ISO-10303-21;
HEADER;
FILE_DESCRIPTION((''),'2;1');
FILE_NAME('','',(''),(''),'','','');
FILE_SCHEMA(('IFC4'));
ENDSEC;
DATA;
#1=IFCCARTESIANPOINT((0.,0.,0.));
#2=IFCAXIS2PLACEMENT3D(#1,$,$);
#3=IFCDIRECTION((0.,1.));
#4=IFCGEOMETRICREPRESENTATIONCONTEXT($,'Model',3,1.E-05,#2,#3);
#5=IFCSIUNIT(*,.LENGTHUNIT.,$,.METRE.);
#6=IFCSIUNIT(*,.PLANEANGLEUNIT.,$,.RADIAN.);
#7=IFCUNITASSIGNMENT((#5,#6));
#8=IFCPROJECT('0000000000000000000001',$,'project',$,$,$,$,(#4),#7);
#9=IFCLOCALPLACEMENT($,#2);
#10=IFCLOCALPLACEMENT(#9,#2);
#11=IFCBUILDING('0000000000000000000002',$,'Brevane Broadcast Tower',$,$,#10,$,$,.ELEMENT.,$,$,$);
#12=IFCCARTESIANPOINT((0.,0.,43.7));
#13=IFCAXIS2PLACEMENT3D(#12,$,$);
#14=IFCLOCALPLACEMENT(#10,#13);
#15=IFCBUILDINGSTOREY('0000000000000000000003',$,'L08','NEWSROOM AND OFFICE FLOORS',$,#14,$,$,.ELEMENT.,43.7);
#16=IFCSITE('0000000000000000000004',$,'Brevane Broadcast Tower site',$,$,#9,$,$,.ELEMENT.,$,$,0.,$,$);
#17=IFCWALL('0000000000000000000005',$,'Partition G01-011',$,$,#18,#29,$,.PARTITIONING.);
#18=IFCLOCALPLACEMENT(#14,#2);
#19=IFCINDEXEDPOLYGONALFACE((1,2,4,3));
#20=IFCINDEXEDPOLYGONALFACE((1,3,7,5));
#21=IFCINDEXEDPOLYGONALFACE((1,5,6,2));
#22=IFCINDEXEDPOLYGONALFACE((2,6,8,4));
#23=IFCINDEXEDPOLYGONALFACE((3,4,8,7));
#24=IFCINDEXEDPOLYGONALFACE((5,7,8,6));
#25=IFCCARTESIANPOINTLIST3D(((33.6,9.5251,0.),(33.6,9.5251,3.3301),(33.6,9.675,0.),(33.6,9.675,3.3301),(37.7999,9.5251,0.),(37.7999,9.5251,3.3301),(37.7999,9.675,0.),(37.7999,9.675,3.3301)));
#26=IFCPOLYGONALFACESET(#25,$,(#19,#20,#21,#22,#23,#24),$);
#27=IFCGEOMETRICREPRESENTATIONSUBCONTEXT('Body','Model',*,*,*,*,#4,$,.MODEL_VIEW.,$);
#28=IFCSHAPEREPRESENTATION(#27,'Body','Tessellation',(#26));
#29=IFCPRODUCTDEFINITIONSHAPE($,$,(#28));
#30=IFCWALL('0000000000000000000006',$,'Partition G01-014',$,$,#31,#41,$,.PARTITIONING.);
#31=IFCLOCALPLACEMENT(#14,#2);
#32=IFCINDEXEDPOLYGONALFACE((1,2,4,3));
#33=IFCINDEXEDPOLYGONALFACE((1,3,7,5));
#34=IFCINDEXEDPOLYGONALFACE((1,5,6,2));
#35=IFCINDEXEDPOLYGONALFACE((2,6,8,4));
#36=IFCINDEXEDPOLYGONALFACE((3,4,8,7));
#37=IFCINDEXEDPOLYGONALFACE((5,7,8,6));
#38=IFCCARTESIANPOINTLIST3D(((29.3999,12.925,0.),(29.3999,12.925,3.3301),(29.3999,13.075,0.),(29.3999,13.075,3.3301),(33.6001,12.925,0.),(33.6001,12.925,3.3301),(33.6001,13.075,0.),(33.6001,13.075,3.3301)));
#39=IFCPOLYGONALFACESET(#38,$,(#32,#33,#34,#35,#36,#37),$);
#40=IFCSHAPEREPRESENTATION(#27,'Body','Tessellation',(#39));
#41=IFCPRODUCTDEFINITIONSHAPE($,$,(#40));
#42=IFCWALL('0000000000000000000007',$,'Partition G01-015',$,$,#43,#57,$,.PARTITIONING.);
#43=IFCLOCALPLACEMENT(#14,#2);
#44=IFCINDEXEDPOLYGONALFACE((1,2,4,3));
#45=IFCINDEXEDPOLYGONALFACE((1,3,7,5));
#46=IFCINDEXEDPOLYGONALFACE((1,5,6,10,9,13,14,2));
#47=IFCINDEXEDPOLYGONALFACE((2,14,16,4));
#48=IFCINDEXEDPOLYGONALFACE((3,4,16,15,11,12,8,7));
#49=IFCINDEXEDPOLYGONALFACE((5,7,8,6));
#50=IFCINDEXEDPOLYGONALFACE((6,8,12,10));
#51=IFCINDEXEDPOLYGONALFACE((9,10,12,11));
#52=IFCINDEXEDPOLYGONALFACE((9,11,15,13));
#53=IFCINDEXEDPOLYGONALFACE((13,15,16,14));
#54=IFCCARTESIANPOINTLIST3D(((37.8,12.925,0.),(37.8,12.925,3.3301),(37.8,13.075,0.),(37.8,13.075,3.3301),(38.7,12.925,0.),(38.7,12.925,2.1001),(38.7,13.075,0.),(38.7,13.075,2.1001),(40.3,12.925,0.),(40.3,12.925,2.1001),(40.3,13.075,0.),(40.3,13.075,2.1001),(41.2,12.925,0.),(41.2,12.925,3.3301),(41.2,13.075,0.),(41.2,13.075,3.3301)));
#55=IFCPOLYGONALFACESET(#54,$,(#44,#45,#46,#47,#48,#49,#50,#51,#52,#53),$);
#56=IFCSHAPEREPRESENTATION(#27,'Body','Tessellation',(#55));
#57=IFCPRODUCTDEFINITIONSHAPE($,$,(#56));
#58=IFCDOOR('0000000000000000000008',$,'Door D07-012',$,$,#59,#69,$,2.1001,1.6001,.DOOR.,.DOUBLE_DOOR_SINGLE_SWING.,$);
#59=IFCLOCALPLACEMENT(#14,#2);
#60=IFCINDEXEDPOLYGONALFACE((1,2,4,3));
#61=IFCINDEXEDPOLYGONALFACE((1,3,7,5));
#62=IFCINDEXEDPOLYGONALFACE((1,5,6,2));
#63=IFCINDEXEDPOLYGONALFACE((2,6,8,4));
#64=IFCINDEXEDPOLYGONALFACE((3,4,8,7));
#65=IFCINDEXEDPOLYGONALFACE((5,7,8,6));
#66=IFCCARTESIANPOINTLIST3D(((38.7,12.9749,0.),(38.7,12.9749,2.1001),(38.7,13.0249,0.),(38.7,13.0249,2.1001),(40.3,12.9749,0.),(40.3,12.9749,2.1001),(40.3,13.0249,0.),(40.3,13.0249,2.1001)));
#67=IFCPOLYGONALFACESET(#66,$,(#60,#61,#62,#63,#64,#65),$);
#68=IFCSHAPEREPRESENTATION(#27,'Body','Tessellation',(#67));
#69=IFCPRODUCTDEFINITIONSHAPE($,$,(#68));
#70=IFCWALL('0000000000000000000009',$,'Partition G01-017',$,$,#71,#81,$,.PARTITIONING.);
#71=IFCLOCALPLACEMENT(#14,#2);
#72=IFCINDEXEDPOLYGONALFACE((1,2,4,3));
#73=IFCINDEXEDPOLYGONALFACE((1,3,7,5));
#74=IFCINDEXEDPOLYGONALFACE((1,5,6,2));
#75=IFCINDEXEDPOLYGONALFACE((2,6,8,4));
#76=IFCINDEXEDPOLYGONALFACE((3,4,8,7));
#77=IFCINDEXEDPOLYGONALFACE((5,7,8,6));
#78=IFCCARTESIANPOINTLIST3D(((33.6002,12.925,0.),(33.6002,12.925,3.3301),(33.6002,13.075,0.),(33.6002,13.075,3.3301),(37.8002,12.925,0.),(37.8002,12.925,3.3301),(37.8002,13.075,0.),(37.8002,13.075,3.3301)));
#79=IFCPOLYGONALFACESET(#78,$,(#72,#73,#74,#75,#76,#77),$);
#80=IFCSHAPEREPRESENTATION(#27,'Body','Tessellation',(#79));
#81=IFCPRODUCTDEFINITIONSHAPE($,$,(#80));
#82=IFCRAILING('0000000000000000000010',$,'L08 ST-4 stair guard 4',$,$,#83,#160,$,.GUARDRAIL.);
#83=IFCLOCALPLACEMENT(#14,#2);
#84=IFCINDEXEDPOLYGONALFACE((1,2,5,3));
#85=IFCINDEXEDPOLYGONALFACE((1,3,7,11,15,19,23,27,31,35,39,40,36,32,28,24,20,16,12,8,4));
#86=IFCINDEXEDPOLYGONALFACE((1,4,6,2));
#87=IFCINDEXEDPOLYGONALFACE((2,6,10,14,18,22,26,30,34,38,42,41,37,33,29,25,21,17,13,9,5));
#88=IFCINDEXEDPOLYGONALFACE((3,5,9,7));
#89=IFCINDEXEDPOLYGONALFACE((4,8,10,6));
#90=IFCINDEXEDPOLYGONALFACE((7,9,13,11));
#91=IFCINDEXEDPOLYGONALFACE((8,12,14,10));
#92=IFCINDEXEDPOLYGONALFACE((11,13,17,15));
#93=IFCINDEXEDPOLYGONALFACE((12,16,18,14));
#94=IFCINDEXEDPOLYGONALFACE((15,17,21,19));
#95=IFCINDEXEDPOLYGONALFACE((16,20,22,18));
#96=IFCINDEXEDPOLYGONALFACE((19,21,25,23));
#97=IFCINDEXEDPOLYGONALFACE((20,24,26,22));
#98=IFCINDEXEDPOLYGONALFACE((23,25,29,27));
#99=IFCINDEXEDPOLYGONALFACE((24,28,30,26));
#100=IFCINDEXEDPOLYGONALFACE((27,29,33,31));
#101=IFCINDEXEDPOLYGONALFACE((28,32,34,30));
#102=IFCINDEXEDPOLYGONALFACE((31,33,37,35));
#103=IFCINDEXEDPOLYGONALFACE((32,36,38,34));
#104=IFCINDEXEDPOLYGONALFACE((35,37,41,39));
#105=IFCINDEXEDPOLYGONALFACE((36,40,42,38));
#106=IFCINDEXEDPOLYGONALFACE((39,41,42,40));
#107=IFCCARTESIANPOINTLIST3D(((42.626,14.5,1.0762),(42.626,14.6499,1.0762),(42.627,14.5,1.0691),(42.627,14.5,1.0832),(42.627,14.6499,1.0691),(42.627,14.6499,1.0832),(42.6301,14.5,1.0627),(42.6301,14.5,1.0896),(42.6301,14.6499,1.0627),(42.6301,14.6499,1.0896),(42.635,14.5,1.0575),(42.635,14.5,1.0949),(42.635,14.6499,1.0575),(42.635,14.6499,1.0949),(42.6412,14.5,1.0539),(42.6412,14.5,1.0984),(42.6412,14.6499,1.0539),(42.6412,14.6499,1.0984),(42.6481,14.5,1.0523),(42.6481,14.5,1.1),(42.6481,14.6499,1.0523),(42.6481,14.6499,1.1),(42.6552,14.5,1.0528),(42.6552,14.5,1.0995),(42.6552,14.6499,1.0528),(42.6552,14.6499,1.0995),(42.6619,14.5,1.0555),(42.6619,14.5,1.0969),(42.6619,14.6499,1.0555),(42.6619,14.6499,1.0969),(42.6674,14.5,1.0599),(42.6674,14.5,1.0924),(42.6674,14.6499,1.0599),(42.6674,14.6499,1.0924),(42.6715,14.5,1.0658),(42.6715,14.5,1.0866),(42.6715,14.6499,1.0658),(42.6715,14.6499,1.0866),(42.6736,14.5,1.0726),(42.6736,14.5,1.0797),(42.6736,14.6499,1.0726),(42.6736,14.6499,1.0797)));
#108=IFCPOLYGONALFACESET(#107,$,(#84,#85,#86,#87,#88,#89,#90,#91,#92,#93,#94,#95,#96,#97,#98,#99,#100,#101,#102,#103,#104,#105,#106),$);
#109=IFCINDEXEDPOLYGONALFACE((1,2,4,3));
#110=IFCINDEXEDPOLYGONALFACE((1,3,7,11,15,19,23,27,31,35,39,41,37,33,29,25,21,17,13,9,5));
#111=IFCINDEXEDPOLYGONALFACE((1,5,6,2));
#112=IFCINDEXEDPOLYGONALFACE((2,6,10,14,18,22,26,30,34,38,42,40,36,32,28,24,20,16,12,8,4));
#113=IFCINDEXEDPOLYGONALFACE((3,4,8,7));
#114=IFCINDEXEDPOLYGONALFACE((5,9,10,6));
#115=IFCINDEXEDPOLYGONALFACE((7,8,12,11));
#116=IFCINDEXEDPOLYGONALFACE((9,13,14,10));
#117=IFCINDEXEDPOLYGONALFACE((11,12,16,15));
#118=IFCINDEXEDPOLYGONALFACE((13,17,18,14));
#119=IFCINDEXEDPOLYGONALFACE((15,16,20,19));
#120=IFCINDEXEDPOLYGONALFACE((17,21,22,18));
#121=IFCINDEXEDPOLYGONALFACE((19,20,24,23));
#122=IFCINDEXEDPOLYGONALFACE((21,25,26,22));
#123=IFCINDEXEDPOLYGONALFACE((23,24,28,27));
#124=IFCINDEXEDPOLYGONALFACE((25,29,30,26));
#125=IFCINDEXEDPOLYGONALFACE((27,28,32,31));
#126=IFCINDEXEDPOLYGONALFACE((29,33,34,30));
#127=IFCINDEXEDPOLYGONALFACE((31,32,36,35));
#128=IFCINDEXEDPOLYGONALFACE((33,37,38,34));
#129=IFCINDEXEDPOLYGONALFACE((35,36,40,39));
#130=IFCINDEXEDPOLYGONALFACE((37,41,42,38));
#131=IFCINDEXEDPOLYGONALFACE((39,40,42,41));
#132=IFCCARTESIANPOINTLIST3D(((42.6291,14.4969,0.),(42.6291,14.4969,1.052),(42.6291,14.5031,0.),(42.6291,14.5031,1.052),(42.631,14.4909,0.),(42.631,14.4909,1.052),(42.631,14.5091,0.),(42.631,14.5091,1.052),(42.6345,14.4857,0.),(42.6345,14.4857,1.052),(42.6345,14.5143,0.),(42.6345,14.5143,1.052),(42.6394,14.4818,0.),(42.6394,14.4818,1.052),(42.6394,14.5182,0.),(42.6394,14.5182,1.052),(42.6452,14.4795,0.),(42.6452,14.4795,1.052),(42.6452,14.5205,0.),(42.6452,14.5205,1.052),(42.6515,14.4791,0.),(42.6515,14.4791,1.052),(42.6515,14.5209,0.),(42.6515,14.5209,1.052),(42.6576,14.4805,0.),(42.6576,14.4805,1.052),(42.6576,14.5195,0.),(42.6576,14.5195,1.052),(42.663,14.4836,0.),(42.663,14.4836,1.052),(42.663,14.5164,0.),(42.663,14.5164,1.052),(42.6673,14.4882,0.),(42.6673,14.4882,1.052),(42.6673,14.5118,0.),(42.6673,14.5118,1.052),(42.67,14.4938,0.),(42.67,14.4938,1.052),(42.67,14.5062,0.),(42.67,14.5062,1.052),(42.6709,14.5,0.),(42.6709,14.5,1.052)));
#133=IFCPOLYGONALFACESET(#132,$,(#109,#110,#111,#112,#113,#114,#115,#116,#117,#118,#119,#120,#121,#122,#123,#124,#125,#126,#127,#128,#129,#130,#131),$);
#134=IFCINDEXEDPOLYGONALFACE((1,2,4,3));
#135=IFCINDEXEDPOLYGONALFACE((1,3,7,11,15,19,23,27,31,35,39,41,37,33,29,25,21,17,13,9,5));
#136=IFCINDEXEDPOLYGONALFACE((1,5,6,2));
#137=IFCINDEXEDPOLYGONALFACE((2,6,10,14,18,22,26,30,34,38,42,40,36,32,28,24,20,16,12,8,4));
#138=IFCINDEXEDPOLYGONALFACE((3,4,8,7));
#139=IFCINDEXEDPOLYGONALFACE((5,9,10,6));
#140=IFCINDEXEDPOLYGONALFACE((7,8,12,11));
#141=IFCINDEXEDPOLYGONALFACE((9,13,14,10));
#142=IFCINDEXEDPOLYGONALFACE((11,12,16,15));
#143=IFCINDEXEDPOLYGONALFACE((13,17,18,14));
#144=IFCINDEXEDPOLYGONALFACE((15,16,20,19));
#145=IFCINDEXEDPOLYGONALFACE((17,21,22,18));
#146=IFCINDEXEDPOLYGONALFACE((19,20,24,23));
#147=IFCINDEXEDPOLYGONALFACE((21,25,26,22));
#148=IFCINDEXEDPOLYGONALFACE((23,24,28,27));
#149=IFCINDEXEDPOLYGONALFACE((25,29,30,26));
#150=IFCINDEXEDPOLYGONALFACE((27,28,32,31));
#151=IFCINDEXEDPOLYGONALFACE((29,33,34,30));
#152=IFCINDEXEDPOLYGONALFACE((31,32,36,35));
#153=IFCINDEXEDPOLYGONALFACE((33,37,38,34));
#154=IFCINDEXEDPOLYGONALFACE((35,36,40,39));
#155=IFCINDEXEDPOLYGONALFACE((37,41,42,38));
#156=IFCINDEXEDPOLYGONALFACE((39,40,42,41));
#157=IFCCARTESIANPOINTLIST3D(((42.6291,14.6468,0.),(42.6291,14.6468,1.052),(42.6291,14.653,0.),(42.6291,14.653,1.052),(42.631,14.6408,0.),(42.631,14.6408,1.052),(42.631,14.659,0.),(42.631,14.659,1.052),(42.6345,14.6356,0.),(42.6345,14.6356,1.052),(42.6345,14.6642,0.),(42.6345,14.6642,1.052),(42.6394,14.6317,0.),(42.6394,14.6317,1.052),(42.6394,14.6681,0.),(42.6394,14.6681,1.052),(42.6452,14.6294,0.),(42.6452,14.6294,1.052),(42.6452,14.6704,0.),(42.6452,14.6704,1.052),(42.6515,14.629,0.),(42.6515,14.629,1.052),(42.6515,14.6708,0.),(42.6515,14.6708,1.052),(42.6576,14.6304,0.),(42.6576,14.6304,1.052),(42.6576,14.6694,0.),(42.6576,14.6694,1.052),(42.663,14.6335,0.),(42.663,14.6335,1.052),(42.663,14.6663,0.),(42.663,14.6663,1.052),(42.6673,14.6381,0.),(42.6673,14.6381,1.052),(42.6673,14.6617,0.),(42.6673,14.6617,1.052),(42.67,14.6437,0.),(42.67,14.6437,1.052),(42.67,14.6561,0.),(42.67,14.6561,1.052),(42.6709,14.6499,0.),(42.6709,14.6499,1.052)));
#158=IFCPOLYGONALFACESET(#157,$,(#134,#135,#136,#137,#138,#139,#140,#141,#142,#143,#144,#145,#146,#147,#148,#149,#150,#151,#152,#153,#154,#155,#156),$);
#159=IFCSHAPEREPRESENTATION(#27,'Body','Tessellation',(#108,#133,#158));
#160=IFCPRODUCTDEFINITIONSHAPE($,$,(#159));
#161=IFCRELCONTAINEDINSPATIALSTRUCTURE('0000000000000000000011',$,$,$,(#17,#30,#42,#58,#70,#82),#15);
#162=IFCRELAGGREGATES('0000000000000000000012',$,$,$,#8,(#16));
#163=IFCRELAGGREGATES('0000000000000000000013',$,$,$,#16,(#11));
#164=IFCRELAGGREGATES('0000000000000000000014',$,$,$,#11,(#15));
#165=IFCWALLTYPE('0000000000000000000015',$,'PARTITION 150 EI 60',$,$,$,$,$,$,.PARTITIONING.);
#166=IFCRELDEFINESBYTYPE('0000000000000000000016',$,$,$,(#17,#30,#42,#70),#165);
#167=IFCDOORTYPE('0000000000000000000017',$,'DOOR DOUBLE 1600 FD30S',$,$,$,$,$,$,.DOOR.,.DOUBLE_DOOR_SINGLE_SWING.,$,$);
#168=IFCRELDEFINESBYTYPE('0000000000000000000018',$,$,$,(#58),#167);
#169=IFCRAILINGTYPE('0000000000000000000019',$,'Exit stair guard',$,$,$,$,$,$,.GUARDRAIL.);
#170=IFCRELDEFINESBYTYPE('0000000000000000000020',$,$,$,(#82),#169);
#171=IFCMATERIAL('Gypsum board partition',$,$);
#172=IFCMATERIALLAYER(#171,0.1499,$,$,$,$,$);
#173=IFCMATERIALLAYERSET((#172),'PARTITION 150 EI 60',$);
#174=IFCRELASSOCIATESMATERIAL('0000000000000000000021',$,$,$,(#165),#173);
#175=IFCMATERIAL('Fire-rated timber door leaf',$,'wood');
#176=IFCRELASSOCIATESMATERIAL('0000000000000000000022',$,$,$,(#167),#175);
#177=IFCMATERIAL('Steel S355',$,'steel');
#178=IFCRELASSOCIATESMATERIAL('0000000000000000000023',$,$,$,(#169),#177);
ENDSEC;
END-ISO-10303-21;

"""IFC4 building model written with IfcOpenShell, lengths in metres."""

from ifc_helpers import new_model, si_unit, direction, frame, frame_2d, origin, origin_2d, place, context, subcontext, project, spatial, rectangle, circle, extrude, material, layer, layer_set, type_object, element, fill, save


model = new_model("IFC4")

# Units and contexts
model_context = context("Model", 3, precision=1e-05, world=origin(), true_north=direction((0.0, 1.0)))
body_context = subcontext(model_context, "Body", "Model", "MODEL_VIEW")
ifc_project = project(units=[si_unit("LENGTHUNIT", "METRE"), si_unit("PLANEANGLEUNIT", "RADIAN")], contexts=[model_context])

# Site, building, storey
site_placement = place(None, origin())
site = spatial("IfcSite", under=ifc_project, at=site_placement, Name="Brevane Broadcast Tower site", CompositionType="ELEMENT", RefElevation=0.0)
building_placement = place(site_placement, origin())
building = spatial("IfcBuilding", under=site, at=building_placement, Name="Brevane Broadcast Tower", CompositionType="ELEMENT")
storey_placement = place(building_placement, frame((0.0, 0.0, 43.7)))
storey = spatial("IfcBuildingStorey", under=building, at=storey_placement, Name="L08", Description="NEWSROOM AND OFFICE FLOORS", CompositionType="ELEMENT", Elevation=43.7)

# Shared definitions
ifc_material_1 = material(Name="Gypsum board partition")

# Walls
ifc_layer_1 = layer(ifc_material_1, 0.1499)
ifc_layer_set_1 = layer_set([ifc_layer_1], Name="PARTITION 150 EI 60")
wall_type_1 = type_object("IfcWallType", Name="PARTITION 150 EI 60", PredefinedType="PARTITIONING", material=ifc_layer_set_1)
wall_1_placement = place(storey_placement, frame((37.8, 9.6001, 0.0), z_axis=(0.0, 0.0, 1.0), x_axis=(-1.0, 0.0, 0.0)))
element("IfcWall", 1, at=wall_1_placement, inside=storey, type_object=wall_type_1, Name="Partition G01-011", PredefinedType="PARTITIONING", context=body_context, shape_type="SweptSolid", body=[
    extrude(rectangle(XDim=4.2, YDim=0.1499, at=frame_2d((2.1001, 0.0))), origin(), (0.0, 0.0, 1.0), 3.3301),
])
wall_2_placement = place(storey_placement, frame((29.3999, 13.0, 0.0), z_axis=(0.0, 0.0, 1.0), x_axis=(1.0, 0.0, 0.0)))
element("IfcWall", 2, at=wall_2_placement, inside=storey, type_object=wall_type_1, Name="Partition G01-014", PredefinedType="PARTITIONING", context=body_context, shape_type="SweptSolid", body=[
    extrude(rectangle(XDim=4.2002, YDim=0.1499, at=frame_2d((2.1001, 0.0))), origin(), (0.0, 0.0, 1.0), 3.3301),
])

# Wall, opening, door
wall_3_placement = place(storey_placement, frame((37.8, 13.0, 0.0), z_axis=(0.0, 0.0, 1.0), x_axis=(1.0, 0.0, 0.0)))
wall_3 = element("IfcWall", 3, at=wall_3_placement, inside=storey, type_object=wall_type_1, Name="Partition G01-015", PredefinedType="PARTITIONING", context=body_context, shape_type="SweptSolid", body=[
    extrude(rectangle(XDim=3.3999, YDim=0.1499, at=frame_2d((1.7, 0.0))), origin(), (0.0, 0.0, 1.0), 3.3301),
])
opening_1_placement = place(wall_3_placement, frame((0.8999, 0.0, 0.0)))
opening_1 = element("IfcOpeningElement", 4, at=opening_1_placement, cuts=wall_3, PredefinedType="OPENING", context=body_context, shape_type="SweptSolid", body=[
    extrude(rectangle(XDim=1.6001, YDim=2.1001, at=frame_2d((0.8, 1.05))), frame((0.0, 0.085, 0.0), z_axis=(0.0, -1.0, 0.0), x_axis=(1.0, 0.0, 0.0)), (0.0, 0.0, 1.0), 0.1699),
])
ifc_material_2 = material(Name="Fire-rated timber door leaf", Category="wood")
door_type_1 = type_object("IfcDoorType", Name="DOOR DOUBLE 1600 FD30S", OperationType="DOUBLE_DOOR_SINGLE_SWING", PredefinedType="DOOR", material=ifc_material_2)
door_1_placement = place(opening_1_placement, origin())
door_1 = element("IfcDoor", 5, at=door_1_placement, inside=storey, type_object=door_type_1, Name="Door D07-012", OperationType="DOUBLE_DOOR_SINGLE_SWING", OverallHeight=2.1001, OverallWidth=1.6001, PredefinedType="DOOR", context=body_context, shape_type="SweptSolid", body=[
    extrude(rectangle(XDim=1.6001, YDim=2.1001, at=frame_2d((0.8, 1.05))), frame((0.0, 0.0249, 0.0), z_axis=(0.0, -1.0, 0.0), x_axis=(1.0, 0.0, 0.0)), (0.0, 0.0, 1.0), 0.05),
])
fill(opening_1, door_1)

# Wall
wall_4_placement = place(storey_placement, frame((33.6001, 13.0, 0.0), z_axis=(0.0, 0.0, 1.0), x_axis=(1.0, 0.0, 0.0)))
element("IfcWall", 6, at=wall_4_placement, inside=storey, type_object=wall_type_1, Name="Partition G01-017", PredefinedType="PARTITIONING", context=body_context, shape_type="SweptSolid", body=[
    extrude(rectangle(XDim=4.2, YDim=0.1499, at=frame_2d((2.1001, 0.0))), origin(), (0.0, 0.0, 1.0), 3.3301),
])

# Railing
ifc_material_3 = material(Name="Steel S355", Category="steel")
railing_type = type_object("IfcRailingType", Name="Exit stair guard", PredefinedType="GUARDRAIL", material=ifc_material_3)
railing_placement = place(storey_placement, frame((42.6499, 14.5, 0.0)))
element("IfcRailing", 7, at=railing_placement, inside=storey, type_object=railing_type, Name="L08 ST-4 stair guard 4", PredefinedType="GUARDRAIL", context=body_context, shape_type="SweptSolid", body=[
    extrude(circle(Radius=0.0239, at=origin_2d()), frame((0.0, 0.0, 1.0762), z_axis=(0.0, 1.0, 0.0), x_axis=(-1.0, 0.0, 0.0)), (0.0, 0.0, 1.0), 0.1499),
    extrude(circle(Radius=0.021, at=origin_2d()), origin(), (0.0, 0.0, 1.0), 1.052),
    extrude(circle(Radius=0.021, at=origin_2d()), frame((0.0, 0.1499, 0.0)), (0.0, 0.0, 1.0), 1.052),
])

save(model, "model.ifc")
